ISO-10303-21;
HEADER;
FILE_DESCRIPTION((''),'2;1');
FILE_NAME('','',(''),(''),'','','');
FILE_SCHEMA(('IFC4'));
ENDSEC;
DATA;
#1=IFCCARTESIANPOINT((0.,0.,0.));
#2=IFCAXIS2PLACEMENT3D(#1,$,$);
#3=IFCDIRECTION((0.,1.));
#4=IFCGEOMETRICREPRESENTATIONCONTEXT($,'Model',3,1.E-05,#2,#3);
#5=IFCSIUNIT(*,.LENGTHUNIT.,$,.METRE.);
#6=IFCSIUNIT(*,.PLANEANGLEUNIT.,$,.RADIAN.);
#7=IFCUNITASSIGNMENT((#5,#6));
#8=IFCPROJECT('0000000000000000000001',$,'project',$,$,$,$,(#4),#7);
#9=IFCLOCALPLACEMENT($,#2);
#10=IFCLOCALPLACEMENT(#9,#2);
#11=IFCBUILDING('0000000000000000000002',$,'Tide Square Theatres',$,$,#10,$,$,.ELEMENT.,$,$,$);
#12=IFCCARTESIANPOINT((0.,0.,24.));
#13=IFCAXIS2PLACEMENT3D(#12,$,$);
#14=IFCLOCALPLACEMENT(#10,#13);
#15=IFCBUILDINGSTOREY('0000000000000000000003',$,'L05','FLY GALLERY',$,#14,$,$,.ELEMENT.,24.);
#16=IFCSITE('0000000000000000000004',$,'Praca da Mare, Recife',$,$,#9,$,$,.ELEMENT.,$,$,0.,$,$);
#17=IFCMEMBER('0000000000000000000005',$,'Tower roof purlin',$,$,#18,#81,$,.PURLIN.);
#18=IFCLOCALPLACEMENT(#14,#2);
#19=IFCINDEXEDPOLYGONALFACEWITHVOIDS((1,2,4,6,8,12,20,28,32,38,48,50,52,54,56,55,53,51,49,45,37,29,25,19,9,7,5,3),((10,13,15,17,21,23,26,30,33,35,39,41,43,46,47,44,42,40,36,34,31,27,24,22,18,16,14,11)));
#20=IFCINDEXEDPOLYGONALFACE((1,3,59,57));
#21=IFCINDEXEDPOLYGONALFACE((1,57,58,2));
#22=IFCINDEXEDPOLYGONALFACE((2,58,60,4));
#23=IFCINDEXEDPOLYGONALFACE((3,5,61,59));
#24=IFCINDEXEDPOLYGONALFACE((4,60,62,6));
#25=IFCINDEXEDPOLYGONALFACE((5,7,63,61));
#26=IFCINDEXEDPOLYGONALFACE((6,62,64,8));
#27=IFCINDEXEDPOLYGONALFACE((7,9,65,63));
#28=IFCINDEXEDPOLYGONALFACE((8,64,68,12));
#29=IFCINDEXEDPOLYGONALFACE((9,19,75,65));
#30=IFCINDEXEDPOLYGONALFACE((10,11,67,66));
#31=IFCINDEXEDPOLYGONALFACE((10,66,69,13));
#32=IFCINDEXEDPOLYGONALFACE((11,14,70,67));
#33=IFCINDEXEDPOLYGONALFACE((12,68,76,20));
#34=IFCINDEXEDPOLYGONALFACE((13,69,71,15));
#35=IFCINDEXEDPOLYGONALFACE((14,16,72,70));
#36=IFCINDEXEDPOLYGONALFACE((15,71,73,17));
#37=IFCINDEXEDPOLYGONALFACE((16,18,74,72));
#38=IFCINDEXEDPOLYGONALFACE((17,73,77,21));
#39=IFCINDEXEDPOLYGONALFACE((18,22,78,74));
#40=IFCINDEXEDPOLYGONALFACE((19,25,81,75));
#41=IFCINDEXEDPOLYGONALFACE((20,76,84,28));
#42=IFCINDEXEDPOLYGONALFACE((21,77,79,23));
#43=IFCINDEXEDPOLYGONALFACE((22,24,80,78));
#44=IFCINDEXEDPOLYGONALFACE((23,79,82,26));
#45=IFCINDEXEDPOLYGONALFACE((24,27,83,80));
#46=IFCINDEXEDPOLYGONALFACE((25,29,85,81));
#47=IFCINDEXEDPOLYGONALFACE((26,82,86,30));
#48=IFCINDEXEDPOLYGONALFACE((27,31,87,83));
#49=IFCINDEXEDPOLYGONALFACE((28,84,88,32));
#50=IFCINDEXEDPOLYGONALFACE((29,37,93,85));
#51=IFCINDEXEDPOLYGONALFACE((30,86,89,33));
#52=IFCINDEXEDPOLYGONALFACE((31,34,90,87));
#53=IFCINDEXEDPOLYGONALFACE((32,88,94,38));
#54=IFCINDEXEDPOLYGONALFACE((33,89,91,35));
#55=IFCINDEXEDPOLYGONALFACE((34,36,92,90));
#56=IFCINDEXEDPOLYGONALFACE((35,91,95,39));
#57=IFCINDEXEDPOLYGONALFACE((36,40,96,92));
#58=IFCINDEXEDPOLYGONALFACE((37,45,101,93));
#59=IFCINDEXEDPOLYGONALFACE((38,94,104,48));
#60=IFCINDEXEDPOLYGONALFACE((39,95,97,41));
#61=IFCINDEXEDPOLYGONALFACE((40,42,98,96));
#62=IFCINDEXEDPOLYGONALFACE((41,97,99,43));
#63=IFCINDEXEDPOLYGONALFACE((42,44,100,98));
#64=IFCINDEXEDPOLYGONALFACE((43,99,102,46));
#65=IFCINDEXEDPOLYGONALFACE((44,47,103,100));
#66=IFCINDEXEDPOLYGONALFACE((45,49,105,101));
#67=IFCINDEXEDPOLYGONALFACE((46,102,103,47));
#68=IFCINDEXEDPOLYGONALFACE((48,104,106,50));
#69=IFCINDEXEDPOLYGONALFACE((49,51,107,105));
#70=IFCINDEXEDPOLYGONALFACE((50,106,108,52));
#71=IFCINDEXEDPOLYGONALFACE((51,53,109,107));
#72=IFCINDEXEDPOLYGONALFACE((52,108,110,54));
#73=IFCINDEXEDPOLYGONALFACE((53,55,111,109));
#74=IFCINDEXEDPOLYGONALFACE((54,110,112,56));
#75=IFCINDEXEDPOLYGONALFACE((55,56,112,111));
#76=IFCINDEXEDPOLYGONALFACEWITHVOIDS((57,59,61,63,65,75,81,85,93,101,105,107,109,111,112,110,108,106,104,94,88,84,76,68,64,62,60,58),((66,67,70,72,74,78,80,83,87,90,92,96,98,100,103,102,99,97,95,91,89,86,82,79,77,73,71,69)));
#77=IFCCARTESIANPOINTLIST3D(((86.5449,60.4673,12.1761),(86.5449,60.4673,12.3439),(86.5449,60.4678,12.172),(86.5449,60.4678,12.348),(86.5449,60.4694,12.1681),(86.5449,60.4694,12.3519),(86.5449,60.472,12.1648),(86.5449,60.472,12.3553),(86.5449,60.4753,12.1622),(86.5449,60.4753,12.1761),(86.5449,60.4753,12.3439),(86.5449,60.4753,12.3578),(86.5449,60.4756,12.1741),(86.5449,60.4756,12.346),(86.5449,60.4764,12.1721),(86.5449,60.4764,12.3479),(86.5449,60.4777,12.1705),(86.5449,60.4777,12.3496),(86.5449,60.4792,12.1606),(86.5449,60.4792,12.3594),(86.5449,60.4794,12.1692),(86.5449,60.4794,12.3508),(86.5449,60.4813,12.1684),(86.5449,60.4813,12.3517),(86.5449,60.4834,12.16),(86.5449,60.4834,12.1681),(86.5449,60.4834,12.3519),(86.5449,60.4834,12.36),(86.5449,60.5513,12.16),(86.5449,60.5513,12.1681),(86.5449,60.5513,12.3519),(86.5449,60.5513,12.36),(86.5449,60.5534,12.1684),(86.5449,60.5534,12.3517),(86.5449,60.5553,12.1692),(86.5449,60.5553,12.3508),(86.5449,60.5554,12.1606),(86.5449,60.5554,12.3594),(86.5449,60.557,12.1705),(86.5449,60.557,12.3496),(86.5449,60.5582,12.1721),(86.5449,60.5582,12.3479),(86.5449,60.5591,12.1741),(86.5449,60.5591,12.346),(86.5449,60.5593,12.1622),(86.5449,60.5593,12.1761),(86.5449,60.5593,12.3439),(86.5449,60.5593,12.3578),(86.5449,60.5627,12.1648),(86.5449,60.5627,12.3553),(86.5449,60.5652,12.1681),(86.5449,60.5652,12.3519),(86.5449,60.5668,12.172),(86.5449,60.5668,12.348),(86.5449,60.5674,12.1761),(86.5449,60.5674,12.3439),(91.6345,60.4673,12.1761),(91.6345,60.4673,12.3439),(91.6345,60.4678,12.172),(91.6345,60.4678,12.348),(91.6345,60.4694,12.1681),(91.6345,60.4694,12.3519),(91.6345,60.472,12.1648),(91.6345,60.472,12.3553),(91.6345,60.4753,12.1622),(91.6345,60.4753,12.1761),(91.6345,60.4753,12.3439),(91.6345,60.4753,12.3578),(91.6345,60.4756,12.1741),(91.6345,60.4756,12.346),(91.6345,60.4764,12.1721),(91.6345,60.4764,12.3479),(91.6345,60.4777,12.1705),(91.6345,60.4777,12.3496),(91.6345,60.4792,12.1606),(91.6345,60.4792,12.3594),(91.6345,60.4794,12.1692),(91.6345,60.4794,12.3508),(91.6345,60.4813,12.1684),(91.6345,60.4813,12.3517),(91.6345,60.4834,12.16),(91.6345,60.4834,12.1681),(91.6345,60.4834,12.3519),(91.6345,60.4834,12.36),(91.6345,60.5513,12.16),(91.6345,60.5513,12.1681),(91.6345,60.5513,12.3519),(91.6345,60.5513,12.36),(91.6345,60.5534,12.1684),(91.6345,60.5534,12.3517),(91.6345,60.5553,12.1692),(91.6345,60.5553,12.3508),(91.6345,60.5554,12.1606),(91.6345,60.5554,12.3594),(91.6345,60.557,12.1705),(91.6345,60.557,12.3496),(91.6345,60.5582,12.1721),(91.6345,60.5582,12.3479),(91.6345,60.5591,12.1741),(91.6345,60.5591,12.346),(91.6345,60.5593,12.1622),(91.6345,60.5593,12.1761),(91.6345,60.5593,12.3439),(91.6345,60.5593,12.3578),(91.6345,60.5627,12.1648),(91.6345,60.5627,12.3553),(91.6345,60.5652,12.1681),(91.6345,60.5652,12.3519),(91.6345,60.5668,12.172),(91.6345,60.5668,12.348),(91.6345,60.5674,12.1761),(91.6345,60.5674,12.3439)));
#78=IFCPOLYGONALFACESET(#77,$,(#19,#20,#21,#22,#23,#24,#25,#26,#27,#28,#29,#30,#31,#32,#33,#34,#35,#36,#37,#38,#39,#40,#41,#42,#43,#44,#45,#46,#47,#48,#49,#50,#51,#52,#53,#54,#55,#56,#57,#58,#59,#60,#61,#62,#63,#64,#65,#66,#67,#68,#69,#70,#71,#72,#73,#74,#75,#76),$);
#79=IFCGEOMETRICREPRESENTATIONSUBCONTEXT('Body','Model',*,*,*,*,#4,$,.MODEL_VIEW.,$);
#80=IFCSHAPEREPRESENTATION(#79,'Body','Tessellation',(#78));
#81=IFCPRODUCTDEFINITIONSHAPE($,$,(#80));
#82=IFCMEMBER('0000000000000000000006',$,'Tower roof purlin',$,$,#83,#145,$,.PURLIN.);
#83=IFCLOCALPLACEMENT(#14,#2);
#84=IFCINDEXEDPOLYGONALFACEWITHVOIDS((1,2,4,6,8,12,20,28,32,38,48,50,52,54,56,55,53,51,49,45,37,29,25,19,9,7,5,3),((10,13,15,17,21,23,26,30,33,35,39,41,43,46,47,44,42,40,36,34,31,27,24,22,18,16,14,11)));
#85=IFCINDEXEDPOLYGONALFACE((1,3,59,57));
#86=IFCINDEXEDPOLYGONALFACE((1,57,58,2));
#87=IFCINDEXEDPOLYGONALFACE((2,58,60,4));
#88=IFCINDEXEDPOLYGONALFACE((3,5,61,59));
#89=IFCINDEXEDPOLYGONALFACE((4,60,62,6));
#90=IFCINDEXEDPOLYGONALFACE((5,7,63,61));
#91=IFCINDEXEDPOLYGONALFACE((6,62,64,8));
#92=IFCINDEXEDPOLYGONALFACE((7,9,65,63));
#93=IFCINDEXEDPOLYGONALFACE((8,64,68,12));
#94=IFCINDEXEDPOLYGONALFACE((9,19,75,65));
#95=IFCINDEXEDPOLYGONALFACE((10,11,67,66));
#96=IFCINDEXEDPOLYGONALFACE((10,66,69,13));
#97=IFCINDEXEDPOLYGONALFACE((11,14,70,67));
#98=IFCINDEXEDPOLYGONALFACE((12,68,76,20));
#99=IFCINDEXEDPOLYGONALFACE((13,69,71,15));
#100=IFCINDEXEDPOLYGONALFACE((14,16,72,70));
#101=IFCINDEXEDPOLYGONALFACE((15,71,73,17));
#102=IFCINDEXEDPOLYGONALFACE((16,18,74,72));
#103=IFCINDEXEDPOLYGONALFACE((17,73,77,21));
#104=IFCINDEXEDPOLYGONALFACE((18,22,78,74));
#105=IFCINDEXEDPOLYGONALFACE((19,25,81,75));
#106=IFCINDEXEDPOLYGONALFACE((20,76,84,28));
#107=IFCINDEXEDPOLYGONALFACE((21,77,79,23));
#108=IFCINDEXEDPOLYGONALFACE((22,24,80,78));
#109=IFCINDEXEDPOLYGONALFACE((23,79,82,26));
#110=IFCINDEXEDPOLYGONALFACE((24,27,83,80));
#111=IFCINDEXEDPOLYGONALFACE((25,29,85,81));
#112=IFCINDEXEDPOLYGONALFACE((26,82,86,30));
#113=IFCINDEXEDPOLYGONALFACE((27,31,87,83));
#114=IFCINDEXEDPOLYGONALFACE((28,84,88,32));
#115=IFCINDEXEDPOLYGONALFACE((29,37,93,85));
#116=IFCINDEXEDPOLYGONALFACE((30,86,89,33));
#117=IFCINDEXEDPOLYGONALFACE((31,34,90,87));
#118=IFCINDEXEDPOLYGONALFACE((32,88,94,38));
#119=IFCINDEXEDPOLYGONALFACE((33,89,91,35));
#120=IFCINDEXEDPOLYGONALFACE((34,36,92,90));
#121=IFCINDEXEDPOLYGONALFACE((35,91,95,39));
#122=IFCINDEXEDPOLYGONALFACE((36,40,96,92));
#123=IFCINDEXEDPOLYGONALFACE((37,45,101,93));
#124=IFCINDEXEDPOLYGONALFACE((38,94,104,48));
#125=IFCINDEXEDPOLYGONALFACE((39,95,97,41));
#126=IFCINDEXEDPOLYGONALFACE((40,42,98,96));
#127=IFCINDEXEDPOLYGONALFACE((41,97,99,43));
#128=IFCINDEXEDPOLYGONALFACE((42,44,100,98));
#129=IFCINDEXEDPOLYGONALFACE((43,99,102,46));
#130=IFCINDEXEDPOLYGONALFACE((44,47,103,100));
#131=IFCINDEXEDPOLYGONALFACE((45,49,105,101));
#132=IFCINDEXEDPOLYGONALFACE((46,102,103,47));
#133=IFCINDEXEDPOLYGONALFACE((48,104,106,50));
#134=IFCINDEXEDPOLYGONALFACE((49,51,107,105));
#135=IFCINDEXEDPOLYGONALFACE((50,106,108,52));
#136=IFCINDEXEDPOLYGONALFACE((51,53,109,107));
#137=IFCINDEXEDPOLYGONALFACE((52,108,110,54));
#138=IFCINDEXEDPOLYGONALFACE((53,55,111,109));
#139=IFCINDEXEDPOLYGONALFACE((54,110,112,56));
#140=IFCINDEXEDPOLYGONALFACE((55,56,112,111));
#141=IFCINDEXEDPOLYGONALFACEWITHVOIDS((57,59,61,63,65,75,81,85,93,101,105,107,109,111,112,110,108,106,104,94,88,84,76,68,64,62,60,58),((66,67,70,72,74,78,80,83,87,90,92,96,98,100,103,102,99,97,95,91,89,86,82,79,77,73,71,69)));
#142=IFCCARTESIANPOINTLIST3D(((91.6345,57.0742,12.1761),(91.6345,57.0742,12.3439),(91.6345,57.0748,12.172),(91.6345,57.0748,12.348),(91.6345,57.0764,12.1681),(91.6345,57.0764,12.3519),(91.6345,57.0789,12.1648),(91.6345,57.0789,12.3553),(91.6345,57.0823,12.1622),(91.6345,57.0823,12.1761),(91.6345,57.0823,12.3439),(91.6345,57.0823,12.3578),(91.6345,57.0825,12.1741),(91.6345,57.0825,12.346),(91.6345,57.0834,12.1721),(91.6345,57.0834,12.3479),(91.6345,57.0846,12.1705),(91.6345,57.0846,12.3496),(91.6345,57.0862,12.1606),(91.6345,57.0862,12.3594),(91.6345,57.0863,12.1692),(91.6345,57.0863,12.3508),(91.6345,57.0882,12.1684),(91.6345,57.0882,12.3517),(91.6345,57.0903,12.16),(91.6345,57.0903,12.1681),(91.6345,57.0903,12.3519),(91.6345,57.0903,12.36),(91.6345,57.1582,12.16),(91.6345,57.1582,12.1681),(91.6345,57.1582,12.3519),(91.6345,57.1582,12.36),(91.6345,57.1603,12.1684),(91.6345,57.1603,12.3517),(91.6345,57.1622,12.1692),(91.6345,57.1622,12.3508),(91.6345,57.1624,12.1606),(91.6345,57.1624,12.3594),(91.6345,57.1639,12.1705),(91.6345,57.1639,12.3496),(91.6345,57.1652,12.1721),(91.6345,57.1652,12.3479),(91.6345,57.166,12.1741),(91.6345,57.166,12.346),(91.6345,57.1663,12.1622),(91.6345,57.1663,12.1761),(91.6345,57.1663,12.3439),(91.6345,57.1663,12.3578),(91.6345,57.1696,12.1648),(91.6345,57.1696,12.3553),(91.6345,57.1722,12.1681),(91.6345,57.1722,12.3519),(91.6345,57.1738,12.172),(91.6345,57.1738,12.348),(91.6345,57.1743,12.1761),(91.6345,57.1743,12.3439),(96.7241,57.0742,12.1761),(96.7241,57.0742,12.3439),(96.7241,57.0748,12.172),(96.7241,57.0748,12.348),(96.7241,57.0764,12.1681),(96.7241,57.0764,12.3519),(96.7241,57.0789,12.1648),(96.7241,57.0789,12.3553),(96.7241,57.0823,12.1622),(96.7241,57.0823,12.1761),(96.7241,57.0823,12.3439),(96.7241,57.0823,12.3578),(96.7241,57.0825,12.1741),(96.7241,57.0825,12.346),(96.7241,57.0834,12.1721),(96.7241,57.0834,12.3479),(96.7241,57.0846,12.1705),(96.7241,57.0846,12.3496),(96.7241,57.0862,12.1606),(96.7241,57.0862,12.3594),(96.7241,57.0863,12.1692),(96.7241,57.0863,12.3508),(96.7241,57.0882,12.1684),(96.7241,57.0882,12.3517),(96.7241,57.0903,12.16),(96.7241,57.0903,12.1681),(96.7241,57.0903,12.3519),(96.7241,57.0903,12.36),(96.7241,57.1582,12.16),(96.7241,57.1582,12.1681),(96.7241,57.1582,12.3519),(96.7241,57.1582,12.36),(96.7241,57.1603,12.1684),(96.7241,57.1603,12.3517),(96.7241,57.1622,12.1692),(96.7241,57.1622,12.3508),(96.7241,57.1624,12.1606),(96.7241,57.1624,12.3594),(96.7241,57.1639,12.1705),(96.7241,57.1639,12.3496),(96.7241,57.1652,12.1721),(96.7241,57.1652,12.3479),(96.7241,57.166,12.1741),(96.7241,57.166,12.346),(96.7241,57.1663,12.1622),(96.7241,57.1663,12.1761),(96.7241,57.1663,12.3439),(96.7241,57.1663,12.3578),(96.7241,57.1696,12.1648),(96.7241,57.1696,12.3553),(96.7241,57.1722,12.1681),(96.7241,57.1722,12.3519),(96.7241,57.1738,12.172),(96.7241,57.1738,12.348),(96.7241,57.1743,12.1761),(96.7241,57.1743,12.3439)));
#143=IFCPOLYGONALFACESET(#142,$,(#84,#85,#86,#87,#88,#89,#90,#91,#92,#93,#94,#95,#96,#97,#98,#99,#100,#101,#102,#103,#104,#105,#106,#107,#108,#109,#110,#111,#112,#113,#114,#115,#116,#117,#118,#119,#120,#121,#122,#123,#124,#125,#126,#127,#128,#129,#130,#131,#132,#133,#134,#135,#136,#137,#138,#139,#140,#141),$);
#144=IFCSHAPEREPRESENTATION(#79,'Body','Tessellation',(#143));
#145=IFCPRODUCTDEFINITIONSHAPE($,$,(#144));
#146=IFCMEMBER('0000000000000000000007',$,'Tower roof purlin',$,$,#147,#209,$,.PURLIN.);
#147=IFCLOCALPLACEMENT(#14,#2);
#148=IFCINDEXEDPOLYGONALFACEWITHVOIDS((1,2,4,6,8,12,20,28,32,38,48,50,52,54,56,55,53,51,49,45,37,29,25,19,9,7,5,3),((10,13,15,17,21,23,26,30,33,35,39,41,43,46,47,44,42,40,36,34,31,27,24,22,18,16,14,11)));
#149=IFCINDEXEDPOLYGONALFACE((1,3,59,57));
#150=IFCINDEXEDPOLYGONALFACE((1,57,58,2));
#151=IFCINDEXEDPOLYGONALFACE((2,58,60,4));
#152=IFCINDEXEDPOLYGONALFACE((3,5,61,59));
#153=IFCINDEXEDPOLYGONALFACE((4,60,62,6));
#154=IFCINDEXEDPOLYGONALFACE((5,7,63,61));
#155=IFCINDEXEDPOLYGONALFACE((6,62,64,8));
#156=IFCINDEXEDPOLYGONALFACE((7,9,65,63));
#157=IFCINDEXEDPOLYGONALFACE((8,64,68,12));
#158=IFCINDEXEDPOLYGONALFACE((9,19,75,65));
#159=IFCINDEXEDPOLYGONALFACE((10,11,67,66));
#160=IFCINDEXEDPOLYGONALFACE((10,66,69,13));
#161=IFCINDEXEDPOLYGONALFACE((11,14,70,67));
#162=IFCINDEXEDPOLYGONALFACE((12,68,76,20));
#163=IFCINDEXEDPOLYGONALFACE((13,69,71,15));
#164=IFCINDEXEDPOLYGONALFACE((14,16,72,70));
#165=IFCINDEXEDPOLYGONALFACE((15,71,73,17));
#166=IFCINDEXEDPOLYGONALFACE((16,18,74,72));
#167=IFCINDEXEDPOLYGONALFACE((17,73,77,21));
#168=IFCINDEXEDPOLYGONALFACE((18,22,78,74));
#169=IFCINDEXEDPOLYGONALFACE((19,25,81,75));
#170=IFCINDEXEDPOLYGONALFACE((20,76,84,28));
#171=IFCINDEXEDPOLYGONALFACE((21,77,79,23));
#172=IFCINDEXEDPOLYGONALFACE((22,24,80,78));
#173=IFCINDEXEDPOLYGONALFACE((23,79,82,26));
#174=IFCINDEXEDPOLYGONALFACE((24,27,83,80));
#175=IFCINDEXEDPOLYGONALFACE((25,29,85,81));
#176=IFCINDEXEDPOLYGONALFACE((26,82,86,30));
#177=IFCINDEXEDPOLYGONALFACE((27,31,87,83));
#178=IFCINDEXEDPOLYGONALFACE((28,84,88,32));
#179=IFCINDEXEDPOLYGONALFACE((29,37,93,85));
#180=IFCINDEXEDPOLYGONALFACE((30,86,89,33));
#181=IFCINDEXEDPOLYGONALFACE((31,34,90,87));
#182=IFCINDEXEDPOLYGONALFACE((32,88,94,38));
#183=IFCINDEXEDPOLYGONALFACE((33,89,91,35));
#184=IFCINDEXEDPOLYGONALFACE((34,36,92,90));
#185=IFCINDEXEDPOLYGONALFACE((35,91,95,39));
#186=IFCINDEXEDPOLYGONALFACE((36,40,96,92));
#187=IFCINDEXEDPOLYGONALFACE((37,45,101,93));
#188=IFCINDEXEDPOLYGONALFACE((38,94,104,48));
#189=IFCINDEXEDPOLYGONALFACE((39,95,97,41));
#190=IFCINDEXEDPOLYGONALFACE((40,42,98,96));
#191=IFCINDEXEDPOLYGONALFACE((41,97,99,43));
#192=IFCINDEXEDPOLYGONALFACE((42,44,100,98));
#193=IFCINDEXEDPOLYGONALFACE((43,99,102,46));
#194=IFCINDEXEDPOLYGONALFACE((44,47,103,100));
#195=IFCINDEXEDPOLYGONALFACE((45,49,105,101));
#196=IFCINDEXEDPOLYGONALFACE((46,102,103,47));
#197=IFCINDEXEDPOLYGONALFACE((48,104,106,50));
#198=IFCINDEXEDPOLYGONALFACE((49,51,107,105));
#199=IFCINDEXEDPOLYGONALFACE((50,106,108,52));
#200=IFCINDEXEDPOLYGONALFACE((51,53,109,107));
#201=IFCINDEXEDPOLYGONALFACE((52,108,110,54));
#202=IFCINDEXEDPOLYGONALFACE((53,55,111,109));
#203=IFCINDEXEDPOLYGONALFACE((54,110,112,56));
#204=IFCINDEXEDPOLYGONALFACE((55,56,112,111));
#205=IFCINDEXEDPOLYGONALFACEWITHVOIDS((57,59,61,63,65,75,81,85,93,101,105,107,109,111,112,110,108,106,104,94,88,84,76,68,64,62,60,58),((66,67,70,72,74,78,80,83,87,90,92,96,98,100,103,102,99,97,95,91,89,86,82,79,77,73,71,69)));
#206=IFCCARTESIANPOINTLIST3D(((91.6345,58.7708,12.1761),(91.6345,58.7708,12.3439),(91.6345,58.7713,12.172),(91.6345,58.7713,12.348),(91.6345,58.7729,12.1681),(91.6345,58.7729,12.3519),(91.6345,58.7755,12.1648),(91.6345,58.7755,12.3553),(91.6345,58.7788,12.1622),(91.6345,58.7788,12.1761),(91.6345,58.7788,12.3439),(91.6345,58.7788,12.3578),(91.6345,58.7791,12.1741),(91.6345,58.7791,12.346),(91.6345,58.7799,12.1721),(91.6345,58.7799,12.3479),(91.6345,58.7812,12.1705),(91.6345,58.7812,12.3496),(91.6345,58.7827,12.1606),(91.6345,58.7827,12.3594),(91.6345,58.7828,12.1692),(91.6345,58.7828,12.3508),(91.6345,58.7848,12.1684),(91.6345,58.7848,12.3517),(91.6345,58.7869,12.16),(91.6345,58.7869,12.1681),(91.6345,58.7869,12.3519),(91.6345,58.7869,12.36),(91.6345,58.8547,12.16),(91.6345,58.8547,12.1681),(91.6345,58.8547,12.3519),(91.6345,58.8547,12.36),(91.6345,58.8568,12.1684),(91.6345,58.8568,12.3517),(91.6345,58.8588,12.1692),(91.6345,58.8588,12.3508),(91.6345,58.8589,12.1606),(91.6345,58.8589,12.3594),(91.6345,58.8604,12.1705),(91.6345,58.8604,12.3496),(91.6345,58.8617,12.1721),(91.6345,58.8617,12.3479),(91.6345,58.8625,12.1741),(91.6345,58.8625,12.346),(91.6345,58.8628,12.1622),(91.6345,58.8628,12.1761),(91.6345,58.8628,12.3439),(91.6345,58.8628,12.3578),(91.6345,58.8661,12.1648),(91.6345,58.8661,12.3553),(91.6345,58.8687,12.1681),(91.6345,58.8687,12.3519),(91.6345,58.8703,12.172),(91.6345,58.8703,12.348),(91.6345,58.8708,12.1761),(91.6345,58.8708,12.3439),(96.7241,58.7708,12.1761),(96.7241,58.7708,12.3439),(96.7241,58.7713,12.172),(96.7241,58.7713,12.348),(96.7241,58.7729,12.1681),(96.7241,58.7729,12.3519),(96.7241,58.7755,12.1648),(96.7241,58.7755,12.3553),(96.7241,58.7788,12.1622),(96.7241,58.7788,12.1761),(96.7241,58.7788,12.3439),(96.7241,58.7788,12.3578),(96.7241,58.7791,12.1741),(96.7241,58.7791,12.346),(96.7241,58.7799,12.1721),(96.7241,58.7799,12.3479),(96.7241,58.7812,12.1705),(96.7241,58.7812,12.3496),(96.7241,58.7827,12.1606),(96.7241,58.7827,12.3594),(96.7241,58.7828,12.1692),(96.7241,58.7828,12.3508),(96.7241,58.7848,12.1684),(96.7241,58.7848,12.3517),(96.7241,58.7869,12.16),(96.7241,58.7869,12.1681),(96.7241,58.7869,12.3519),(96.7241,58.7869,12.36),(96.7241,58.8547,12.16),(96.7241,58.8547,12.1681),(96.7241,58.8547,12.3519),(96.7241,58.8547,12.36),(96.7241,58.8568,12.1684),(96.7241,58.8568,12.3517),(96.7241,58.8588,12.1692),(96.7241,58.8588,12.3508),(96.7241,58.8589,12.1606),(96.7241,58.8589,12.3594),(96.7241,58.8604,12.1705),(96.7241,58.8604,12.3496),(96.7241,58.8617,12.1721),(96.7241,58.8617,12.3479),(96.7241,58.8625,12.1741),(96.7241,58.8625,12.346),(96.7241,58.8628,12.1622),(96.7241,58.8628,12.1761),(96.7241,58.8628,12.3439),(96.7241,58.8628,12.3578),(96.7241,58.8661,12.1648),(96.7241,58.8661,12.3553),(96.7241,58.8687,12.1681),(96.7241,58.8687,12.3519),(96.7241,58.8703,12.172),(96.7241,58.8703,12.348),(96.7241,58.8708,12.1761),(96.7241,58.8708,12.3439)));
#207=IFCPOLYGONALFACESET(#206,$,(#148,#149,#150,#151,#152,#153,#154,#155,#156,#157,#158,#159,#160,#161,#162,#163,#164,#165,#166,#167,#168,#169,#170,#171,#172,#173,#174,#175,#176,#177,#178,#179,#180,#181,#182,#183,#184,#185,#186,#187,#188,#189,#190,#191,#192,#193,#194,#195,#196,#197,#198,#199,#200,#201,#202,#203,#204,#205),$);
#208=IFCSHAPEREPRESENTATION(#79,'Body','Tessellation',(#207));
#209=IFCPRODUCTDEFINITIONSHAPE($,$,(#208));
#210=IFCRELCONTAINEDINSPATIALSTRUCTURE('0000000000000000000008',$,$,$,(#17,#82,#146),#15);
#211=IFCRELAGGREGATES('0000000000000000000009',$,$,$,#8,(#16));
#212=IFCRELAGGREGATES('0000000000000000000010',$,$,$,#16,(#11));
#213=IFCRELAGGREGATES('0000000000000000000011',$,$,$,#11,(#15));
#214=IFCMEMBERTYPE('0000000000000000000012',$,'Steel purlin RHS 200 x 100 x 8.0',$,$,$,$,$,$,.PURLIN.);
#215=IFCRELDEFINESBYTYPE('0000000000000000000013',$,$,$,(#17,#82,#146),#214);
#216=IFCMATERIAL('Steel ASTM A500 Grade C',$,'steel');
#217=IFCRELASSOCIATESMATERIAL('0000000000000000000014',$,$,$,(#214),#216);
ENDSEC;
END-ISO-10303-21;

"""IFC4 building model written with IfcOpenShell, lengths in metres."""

from ifc_helpers import new_model, si_unit, direction, frame, origin, origin_2d, place, context, subcontext, project, spatial, hollow_rectangle, extrude, material, material_profile, profile_set, type_object, element, save


model = new_model("IFC4")

# Units and contexts
model_context = context("Model", 3, precision=1e-05, world=origin(), true_north=direction((0.0, 1.0)))
body_context = subcontext(model_context, "Body", "Model", "MODEL_VIEW")
ifc_project = project(units=[si_unit("LENGTHUNIT", "METRE"), si_unit("PLANEANGLEUNIT", "RADIAN")], contexts=[model_context])

# Site, building, storey
site_placement = place(None, origin())
site = spatial("IfcSite", under=ifc_project, at=site_placement, Name="Praca da Mare, Recife", CompositionType="ELEMENT", RefElevation=0.0)
building_placement = place(site_placement, origin())
building = spatial("IfcBuilding", under=site, at=building_placement, Name="Tide Square Theatres", CompositionType="ELEMENT")
storey_placement = place(building_placement, frame((0.0, 0.0, 24.0)))
storey = spatial("IfcBuildingStorey", under=building, at=storey_placement, Name="L05", Description="FLY GALLERY", CompositionType="ELEMENT", Elevation=24.0)

# Members
ifc_material_1 = material(Name="Steel ASTM A500 Grade C", Category="steel")
ifc_material_profile_1 = material_profile(ifc_material_1, hollow_rectangle(XDim=0.1001, YDim=0.2, WallThickness=0.0081, InnerFilletRadius=0.0081, OuterFilletRadius=0.0161, at=origin_2d()))
ifc_profile_set_1 = profile_set([ifc_material_profile_1], Name="Steel ASTM A500 Grade C")
member_type_1 = type_object("IfcMemberType", Name="Steel purlin RHS 200 x 100 x 8.0", PredefinedType="PURLIN", material=ifc_profile_set_1)
for number, where, z_axis, x_axis, name in (
    (1, (86.5449, 60.5173, 12.26), (1.0, 0.0, 0.0), (0.0, 1.0, 0.0), "Tower roof purlin"),
    (2, (91.6345, 57.1243, 12.26), (1.0, 0.0, 0.0), (0.0, 1.0, 0.0), "Tower roof purlin"),
    (3, (91.6345, 58.8208, 12.26), (1.0, 0.0, 0.0), (0.0, 1.0, 0.0), "Tower roof purlin"),
):
    element("IfcMember", number, at=place(storey_placement, frame(where, z_axis=z_axis, x_axis=x_axis)), inside=storey, type_object=member_type_1, Name=name, PredefinedType="PURLIN", context=body_context, shape_type="SweptSolid", body=[
        extrude(hollow_rectangle(XDim=0.1001, YDim=0.2, WallThickness=0.0081, InnerFilletRadius=0.0081, OuterFilletRadius=0.0161, at=origin_2d()), origin(), (0.0, 0.0, 1.0), 5.0896),
    ])

save(model, "model.ifc")
